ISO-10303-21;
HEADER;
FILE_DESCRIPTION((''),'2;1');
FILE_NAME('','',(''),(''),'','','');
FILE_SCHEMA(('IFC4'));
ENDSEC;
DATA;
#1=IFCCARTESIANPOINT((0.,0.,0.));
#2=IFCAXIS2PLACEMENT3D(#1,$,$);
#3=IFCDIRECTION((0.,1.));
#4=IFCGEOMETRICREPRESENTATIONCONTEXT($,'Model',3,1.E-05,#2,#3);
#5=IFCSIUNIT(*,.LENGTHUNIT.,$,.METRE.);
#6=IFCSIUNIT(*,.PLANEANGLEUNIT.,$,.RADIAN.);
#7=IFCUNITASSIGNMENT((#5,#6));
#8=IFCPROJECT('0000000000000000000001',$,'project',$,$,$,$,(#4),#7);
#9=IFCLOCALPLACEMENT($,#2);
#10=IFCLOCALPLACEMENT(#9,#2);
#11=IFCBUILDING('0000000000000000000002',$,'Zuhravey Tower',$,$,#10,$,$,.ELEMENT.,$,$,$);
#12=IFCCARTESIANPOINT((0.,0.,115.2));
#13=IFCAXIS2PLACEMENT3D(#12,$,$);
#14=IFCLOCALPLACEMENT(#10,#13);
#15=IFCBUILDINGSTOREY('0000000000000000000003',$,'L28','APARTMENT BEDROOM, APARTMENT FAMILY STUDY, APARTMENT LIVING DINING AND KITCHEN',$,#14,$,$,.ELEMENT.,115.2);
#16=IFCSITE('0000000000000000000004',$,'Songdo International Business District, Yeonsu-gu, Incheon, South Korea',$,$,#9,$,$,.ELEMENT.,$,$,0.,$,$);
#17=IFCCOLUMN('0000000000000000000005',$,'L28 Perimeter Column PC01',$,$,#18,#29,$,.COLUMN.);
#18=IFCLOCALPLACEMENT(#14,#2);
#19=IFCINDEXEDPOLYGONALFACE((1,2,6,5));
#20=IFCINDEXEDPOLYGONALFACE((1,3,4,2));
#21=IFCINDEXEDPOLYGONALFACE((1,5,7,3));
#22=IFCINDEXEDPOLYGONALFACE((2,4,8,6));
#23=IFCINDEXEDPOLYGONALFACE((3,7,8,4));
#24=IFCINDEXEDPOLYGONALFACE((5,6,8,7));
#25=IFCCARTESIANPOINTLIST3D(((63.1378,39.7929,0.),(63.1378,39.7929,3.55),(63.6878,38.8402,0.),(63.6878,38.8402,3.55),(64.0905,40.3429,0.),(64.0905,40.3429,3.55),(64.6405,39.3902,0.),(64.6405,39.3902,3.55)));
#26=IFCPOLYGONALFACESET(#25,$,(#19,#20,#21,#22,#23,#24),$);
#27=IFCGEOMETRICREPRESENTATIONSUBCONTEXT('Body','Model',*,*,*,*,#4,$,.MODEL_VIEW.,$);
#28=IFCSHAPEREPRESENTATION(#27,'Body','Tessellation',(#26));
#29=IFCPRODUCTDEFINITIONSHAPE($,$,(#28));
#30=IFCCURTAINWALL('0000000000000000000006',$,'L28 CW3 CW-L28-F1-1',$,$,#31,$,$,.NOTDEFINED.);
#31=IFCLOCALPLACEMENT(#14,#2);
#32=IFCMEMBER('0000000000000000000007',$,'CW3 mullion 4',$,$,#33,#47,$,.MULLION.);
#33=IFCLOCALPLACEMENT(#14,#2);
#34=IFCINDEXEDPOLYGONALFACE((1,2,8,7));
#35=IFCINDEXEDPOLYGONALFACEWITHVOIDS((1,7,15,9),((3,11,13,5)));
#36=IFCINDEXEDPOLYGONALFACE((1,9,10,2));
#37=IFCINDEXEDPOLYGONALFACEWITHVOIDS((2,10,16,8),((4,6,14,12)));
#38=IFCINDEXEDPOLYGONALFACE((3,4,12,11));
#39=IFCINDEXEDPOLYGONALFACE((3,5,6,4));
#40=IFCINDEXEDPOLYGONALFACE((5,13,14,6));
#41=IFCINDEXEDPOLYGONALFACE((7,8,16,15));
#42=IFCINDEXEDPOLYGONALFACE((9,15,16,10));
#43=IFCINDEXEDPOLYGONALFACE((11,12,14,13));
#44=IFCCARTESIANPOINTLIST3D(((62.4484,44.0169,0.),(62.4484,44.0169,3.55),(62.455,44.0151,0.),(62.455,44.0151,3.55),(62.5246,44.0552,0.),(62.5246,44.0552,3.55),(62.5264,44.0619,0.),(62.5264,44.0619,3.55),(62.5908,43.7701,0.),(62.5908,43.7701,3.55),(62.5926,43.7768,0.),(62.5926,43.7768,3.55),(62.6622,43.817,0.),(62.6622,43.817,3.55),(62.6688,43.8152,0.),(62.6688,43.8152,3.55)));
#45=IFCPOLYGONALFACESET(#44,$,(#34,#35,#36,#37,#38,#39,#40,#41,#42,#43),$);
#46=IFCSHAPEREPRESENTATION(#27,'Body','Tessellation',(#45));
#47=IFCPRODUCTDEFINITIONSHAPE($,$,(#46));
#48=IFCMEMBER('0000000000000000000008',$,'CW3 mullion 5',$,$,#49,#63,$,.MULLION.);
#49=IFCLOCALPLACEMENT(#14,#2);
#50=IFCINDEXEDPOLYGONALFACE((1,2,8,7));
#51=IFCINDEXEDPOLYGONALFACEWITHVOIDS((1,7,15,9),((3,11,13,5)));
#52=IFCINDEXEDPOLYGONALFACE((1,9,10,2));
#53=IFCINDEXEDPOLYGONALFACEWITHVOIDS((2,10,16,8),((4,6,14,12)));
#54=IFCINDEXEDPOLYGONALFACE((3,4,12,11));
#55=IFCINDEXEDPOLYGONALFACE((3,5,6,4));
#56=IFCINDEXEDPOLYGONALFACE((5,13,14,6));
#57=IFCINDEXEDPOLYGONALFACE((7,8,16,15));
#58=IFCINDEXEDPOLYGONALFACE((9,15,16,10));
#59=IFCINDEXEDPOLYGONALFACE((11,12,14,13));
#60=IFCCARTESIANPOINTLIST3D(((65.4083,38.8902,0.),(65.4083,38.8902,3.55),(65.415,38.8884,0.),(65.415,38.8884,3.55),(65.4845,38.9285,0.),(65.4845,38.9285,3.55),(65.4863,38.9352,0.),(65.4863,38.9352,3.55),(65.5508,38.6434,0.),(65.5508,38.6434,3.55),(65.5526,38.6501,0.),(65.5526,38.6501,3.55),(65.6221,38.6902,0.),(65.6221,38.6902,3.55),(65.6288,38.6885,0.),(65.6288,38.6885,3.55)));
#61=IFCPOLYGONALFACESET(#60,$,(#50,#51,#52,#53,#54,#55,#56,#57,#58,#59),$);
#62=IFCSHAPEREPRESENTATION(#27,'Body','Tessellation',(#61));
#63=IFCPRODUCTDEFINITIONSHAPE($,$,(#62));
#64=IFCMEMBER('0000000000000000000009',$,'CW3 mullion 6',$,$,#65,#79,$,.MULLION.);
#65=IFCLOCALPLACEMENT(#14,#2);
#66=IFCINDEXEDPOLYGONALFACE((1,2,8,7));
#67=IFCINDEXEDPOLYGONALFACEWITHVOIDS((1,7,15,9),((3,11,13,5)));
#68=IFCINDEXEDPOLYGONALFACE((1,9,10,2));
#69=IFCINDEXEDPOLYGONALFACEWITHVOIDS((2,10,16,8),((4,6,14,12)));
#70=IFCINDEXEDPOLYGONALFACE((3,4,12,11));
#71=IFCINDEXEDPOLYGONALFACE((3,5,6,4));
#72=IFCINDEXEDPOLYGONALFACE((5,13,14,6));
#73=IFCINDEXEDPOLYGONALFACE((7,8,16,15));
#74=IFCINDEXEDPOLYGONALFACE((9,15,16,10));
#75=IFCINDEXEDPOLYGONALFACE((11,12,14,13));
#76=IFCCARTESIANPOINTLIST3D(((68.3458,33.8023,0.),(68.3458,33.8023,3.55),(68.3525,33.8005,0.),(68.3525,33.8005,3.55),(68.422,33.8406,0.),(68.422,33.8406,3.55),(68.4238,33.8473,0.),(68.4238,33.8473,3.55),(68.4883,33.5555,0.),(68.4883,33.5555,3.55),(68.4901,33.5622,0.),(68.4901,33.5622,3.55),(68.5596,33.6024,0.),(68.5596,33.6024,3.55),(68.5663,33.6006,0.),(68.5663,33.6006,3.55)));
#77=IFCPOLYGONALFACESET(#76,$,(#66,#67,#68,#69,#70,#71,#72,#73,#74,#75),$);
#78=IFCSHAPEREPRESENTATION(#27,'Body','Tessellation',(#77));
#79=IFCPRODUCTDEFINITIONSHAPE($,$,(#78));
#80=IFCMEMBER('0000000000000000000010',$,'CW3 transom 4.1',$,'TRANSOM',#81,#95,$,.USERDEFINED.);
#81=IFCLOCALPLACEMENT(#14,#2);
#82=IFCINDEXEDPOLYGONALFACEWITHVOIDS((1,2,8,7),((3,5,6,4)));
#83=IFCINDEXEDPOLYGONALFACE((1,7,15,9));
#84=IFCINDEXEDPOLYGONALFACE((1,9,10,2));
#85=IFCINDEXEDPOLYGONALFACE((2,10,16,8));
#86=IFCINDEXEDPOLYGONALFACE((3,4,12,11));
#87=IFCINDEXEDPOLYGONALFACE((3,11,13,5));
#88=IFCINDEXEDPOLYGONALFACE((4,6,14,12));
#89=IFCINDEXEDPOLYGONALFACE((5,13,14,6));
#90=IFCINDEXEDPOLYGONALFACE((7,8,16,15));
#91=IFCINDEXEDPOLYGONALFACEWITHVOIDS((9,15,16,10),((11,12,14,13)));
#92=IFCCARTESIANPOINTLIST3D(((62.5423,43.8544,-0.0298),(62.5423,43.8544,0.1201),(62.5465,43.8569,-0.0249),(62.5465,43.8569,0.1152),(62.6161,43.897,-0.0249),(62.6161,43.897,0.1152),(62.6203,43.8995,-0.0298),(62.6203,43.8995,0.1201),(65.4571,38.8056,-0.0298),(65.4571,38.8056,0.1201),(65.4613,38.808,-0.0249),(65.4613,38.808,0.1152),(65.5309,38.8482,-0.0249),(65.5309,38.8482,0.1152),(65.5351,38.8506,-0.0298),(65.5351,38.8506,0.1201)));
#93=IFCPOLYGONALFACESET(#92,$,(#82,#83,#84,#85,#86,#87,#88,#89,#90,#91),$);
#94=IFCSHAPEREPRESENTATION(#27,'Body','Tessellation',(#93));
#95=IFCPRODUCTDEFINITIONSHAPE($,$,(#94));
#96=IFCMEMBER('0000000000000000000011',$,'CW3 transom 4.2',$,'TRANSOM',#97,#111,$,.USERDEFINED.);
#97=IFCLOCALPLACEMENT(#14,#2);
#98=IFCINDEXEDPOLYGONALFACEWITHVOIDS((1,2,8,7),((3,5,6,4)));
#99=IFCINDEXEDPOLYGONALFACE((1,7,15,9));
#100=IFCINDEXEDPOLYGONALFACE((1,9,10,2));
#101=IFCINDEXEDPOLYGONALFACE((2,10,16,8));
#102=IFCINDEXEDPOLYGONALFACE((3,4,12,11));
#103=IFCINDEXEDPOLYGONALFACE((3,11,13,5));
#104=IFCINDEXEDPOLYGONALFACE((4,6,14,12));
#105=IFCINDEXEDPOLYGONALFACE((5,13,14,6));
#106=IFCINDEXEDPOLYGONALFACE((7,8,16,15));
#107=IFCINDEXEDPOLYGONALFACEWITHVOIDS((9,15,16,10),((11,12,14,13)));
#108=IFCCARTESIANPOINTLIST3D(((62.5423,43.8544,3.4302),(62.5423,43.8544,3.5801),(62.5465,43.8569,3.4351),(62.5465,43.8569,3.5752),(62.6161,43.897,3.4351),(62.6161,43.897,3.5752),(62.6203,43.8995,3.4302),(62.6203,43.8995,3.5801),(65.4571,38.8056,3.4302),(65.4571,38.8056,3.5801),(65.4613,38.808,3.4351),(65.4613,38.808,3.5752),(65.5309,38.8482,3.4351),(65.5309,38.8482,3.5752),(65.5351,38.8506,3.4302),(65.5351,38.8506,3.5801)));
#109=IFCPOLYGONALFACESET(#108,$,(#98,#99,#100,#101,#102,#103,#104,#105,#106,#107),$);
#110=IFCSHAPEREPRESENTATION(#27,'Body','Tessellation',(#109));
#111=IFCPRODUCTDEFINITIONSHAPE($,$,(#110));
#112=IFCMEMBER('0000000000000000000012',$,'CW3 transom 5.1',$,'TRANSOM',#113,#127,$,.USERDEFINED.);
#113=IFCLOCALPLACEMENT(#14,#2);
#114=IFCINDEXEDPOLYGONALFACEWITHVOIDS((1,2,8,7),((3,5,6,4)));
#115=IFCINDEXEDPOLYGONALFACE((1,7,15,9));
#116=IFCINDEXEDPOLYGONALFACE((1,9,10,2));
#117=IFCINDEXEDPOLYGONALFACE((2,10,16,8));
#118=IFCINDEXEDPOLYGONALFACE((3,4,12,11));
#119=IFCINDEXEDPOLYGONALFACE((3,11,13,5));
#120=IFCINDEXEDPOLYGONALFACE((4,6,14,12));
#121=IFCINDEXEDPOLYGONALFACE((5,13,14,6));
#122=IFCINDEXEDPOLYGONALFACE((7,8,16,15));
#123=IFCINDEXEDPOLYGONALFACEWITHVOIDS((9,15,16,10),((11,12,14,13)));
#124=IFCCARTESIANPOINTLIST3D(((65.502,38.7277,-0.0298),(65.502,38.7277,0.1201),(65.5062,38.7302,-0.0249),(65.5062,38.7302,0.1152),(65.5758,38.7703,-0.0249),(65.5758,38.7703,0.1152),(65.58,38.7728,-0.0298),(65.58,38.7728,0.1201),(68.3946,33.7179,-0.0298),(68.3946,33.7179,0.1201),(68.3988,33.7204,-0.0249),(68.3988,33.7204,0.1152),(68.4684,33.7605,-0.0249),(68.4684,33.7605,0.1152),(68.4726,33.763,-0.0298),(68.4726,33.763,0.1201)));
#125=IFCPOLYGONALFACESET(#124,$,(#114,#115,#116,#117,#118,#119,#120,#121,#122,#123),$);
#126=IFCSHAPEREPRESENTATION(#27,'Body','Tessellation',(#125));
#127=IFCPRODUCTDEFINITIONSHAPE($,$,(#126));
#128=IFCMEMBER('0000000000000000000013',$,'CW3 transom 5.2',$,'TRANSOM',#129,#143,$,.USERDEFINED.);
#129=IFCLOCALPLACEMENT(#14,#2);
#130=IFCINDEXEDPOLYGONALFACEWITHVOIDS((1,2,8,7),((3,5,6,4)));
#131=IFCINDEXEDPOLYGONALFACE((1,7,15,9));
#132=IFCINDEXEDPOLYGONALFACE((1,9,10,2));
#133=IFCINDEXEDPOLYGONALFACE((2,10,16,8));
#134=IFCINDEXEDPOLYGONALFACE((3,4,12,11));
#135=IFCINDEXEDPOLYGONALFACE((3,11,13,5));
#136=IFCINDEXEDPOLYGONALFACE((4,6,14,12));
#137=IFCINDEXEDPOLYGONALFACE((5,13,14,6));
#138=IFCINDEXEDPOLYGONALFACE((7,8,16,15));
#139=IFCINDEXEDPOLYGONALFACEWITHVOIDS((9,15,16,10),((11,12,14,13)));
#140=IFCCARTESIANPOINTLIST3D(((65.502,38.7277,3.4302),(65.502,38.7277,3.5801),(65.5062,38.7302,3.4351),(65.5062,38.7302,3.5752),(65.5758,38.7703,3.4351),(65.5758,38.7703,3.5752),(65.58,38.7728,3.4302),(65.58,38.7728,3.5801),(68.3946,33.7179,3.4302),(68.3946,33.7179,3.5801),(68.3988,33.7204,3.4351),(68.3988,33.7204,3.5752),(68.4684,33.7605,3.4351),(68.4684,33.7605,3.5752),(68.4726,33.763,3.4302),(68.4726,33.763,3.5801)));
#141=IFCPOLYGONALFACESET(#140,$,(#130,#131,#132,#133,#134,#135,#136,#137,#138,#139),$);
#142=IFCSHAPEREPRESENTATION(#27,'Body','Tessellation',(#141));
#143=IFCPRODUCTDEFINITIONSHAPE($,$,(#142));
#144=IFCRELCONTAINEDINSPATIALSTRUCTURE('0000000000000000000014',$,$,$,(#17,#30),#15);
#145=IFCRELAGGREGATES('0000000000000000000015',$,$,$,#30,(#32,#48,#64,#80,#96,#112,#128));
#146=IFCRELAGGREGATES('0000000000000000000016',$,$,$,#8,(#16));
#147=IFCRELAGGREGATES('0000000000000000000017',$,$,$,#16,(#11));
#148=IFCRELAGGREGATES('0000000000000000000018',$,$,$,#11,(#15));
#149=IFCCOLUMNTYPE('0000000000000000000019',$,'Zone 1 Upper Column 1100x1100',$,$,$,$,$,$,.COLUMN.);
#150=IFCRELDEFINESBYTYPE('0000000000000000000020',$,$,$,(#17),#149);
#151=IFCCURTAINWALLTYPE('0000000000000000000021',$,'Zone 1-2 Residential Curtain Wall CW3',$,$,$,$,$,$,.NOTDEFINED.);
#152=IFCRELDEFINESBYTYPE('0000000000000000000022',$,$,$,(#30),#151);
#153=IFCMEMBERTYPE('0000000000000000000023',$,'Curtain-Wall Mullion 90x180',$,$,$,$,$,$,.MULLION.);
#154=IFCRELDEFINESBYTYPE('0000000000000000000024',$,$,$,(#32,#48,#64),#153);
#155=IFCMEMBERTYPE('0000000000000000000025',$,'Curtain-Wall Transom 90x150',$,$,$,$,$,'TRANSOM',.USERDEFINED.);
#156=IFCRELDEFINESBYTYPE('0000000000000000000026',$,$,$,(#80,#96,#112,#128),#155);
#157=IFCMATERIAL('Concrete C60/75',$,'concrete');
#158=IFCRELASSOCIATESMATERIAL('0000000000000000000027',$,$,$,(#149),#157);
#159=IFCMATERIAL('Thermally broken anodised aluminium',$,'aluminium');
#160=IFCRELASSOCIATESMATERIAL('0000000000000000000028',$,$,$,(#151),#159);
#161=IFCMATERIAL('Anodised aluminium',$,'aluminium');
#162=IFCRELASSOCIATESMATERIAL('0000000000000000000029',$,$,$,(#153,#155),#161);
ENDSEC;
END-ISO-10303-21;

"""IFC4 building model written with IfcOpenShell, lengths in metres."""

from ifc_helpers import new_model, si_unit, direction, frame, origin, origin_2d, place, context, subcontext, project, spatial, rectangle, hollow_rectangle, extrude, material, material_profile, profile_set, type_object, element, aggregate, save


model = new_model("IFC4")

# Units and contexts
model_context = context("Model", 3, precision=1e-05, world=origin(), true_north=direction((0.0, 1.0)))
body_context = subcontext(model_context, "Body", "Model", "MODEL_VIEW")
ifc_project = project(units=[si_unit("LENGTHUNIT", "METRE"), si_unit("PLANEANGLEUNIT", "RADIAN")], contexts=[model_context])

# Site, building, storey
site_placement = place(None, origin())
site = spatial("IfcSite", under=ifc_project, at=site_placement, Name="Songdo International Business District, Yeonsu-gu, Incheon, South Korea", CompositionType="ELEMENT", RefElevation=0.0)
building_placement = place(site_placement, origin())
building = spatial("IfcBuilding", under=site, at=building_placement, Name="Zuhravey Tower", CompositionType="ELEMENT")
storey_placement = place(building_placement, frame((0.0, 0.0, 115.2)))
storey = spatial("IfcBuildingStorey", under=building, at=storey_placement, Name="L28", Description="APARTMENT BEDROOM, APARTMENT FAMILY STUDY, APARTMENT LIVING DINING AND KITCHEN", CompositionType="ELEMENT", Elevation=115.2)

# Column
ifc_material_1 = material(Name="Concrete C60/75", Category="concrete")
ifc_material_profile_1 = material_profile(ifc_material_1, rectangle(XDim=1.1001, YDim=1.1001, at=origin_2d()), Name="RC-1100x1100")
ifc_profile_set_1 = profile_set([ifc_material_profile_1], Name="Concrete C60/75")
column_type = type_object("IfcColumnType", Name="Zone 1 Upper Column 1100x1100", PredefinedType="COLUMN", material=ifc_profile_set_1)
column_placement = place(storey_placement, frame((63.8892, 39.5916, 0.0), z_axis=(0.0, 0.0, 1.0), x_axis=(-0.5, 0.866025, 0.0)))
element("IfcColumn", 1, at=column_placement, inside=storey, type_object=column_type, Name="L28 Perimeter Column PC01", PredefinedType="COLUMN", context=body_context, shape_type="SweptSolid", body=[
    extrude(rectangle(XDim=1.1001, YDim=1.1001, at=origin_2d()), origin(), (0.0, 0.0, 1.0), 3.55),
])

# Curtain wall, members
ifc_material_2 = material(Name="Thermally broken anodised aluminium", Category="aluminium")
curtain_wall_type = type_object("IfcCurtainWallType", Name="Zone 1-2 Residential Curtain Wall CW3", PredefinedType="NOTDEFINED", material=ifc_material_2)
curtain_wall_placement = place(storey_placement, origin())
curtain_wall = element("IfcCurtainWall", 2, at=curtain_wall_placement, inside=storey, type_object=curtain_wall_type, Name="L28 CW3 CW-L28-F1-1", PredefinedType="NOTDEFINED")
ifc_material_3 = material(Name="Anodised aluminium", Category="aluminium")
ifc_material_profile_2 = material_profile(ifc_material_3, hollow_rectangle(XDim=0.0901, YDim=0.2849, WallThickness=0.0049, at=origin_2d()), Name="ALU-RHS-90x285x5")
ifc_profile_set_2 = profile_set([ifc_material_profile_2], Name="Anodised aluminium")
member_type_1 = type_object("IfcMemberType", Name="Curtain-Wall Mullion 90x180", PredefinedType="MULLION", material=ifc_profile_set_2)
member_1_placement = place(storey_placement, frame((62.5586, 43.916, 0.0), z_axis=(0.0, 0.0, 1.0), x_axis=(0.866026, 0.5, 0.0)))
member_1 = element("IfcMember", 3, at=member_1_placement, type_object=member_type_1, Name="CW3 mullion 4", PredefinedType="MULLION", context=body_context, shape_type="SweptSolid", body=[
    extrude(hollow_rectangle(XDim=0.0901, YDim=0.2849, WallThickness=0.0049, at=origin_2d()), origin(), (0.0, 0.0, 1.0), 3.55),
])
member_2_placement = place(storey_placement, frame((65.5186, 38.7893, 0.0), z_axis=(0.0, 0.0, 1.0), x_axis=(0.866026, 0.5, 0.0)))
member_2 = element("IfcMember", 4, at=member_2_placement, type_object=member_type_1, Name="CW3 mullion 5", PredefinedType="MULLION", context=body_context, shape_type="SweptSolid", body=[
    extrude(hollow_rectangle(XDim=0.0901, YDim=0.2849, WallThickness=0.0049, at=origin_2d()), origin(), (0.0, 0.0, 1.0), 3.55),
])
member_3_placement = place(storey_placement, frame((68.4561, 33.7014, 0.0), z_axis=(0.0, 0.0, 1.0), x_axis=(0.866026, 0.5, 0.0)))
member_3 = element("IfcMember", 5, at=member_3_placement, type_object=member_type_1, Name="CW3 mullion 6", PredefinedType="MULLION", context=body_context, shape_type="SweptSolid", body=[
    extrude(hollow_rectangle(XDim=0.0901, YDim=0.2849, WallThickness=0.0049, at=origin_2d()), origin(), (0.0, 0.0, 1.0), 3.55),
])
ifc_material_profile_3 = material_profile(ifc_material_3, hollow_rectangle(XDim=0.0901, YDim=0.1499, WallThickness=0.0049, at=origin_2d()), Name="ALU-RHS-90x150x5")
ifc_profile_set_3 = profile_set([ifc_material_profile_3], Name="Anodised aluminium")
member_type_2 = type_object("IfcMemberType", Name="Curtain-Wall Transom 90x150", ElementType="TRANSOM", PredefinedType="USERDEFINED", material=ifc_profile_set_3)
member_4_placement = place(storey_placement, frame((62.5813, 43.877, 0.0452), z_axis=(0.499981, -0.866036, 0.0), x_axis=(0.866036, 0.499981, 0.0)))
member_4 = element("IfcMember", 6, at=member_4_placement, type_object=member_type_2, Name="CW3 transom 4.1", ObjectType="TRANSOM", PredefinedType="USERDEFINED", context=body_context, shape_type="SweptSolid", body=[
    extrude(hollow_rectangle(XDim=0.0901, YDim=0.1499, WallThickness=0.0049, at=origin_2d()), origin(), (0.0, 0.0, 1.0), 5.8298),
])
member_5_placement = place(storey_placement, frame((62.5813, 43.877, 3.5051), z_axis=(0.499981, -0.866036, 0.0), x_axis=(0.866036, 0.499981, 0.0)))
member_5 = element("IfcMember", 7, at=member_5_placement, type_object=member_type_2, Name="CW3 transom 4.2", ObjectType="TRANSOM", PredefinedType="USERDEFINED", context=body_context, shape_type="SweptSolid", body=[
    extrude(hollow_rectangle(XDim=0.0901, YDim=0.1499, WallThickness=0.0049, at=origin_2d()), origin(), (0.0, 0.0, 1.0), 5.8298),
])
member_6_placement = place(storey_placement, frame((65.541, 38.7502, 0.0452), z_axis=(0.500024, -0.866011, 0.0), x_axis=(0.866011, 0.500024, 0.0)))
member_6 = element("IfcMember", 8, at=member_6_placement, type_object=member_type_2, Name="CW3 transom 5.1", ObjectType="TRANSOM", PredefinedType="USERDEFINED", context=body_context, shape_type="SweptSolid", body=[
    extrude(hollow_rectangle(XDim=0.0901, YDim=0.1499, WallThickness=0.0049, at=origin_2d()), origin(), (0.0, 0.0, 1.0), 5.7849),
])
member_7_placement = place(storey_placement, frame((65.541, 38.7502, 3.5051), z_axis=(0.500024, -0.866011, 0.0), x_axis=(0.866011, 0.500024, 0.0)))
member_7 = element("IfcMember", 9, at=member_7_placement, type_object=member_type_2, Name="CW3 transom 5.2", ObjectType="TRANSOM", PredefinedType="USERDEFINED", context=body_context, shape_type="SweptSolid", body=[
    extrude(hollow_rectangle(XDim=0.0901, YDim=0.1499, WallThickness=0.0049, at=origin_2d()), origin(), (0.0, 0.0, 1.0), 5.7849),
])

aggregate(curtain_wall, [member_1, member_2, member_3, member_4, member_5, member_6, member_7])

save(model, "model.ifc")
